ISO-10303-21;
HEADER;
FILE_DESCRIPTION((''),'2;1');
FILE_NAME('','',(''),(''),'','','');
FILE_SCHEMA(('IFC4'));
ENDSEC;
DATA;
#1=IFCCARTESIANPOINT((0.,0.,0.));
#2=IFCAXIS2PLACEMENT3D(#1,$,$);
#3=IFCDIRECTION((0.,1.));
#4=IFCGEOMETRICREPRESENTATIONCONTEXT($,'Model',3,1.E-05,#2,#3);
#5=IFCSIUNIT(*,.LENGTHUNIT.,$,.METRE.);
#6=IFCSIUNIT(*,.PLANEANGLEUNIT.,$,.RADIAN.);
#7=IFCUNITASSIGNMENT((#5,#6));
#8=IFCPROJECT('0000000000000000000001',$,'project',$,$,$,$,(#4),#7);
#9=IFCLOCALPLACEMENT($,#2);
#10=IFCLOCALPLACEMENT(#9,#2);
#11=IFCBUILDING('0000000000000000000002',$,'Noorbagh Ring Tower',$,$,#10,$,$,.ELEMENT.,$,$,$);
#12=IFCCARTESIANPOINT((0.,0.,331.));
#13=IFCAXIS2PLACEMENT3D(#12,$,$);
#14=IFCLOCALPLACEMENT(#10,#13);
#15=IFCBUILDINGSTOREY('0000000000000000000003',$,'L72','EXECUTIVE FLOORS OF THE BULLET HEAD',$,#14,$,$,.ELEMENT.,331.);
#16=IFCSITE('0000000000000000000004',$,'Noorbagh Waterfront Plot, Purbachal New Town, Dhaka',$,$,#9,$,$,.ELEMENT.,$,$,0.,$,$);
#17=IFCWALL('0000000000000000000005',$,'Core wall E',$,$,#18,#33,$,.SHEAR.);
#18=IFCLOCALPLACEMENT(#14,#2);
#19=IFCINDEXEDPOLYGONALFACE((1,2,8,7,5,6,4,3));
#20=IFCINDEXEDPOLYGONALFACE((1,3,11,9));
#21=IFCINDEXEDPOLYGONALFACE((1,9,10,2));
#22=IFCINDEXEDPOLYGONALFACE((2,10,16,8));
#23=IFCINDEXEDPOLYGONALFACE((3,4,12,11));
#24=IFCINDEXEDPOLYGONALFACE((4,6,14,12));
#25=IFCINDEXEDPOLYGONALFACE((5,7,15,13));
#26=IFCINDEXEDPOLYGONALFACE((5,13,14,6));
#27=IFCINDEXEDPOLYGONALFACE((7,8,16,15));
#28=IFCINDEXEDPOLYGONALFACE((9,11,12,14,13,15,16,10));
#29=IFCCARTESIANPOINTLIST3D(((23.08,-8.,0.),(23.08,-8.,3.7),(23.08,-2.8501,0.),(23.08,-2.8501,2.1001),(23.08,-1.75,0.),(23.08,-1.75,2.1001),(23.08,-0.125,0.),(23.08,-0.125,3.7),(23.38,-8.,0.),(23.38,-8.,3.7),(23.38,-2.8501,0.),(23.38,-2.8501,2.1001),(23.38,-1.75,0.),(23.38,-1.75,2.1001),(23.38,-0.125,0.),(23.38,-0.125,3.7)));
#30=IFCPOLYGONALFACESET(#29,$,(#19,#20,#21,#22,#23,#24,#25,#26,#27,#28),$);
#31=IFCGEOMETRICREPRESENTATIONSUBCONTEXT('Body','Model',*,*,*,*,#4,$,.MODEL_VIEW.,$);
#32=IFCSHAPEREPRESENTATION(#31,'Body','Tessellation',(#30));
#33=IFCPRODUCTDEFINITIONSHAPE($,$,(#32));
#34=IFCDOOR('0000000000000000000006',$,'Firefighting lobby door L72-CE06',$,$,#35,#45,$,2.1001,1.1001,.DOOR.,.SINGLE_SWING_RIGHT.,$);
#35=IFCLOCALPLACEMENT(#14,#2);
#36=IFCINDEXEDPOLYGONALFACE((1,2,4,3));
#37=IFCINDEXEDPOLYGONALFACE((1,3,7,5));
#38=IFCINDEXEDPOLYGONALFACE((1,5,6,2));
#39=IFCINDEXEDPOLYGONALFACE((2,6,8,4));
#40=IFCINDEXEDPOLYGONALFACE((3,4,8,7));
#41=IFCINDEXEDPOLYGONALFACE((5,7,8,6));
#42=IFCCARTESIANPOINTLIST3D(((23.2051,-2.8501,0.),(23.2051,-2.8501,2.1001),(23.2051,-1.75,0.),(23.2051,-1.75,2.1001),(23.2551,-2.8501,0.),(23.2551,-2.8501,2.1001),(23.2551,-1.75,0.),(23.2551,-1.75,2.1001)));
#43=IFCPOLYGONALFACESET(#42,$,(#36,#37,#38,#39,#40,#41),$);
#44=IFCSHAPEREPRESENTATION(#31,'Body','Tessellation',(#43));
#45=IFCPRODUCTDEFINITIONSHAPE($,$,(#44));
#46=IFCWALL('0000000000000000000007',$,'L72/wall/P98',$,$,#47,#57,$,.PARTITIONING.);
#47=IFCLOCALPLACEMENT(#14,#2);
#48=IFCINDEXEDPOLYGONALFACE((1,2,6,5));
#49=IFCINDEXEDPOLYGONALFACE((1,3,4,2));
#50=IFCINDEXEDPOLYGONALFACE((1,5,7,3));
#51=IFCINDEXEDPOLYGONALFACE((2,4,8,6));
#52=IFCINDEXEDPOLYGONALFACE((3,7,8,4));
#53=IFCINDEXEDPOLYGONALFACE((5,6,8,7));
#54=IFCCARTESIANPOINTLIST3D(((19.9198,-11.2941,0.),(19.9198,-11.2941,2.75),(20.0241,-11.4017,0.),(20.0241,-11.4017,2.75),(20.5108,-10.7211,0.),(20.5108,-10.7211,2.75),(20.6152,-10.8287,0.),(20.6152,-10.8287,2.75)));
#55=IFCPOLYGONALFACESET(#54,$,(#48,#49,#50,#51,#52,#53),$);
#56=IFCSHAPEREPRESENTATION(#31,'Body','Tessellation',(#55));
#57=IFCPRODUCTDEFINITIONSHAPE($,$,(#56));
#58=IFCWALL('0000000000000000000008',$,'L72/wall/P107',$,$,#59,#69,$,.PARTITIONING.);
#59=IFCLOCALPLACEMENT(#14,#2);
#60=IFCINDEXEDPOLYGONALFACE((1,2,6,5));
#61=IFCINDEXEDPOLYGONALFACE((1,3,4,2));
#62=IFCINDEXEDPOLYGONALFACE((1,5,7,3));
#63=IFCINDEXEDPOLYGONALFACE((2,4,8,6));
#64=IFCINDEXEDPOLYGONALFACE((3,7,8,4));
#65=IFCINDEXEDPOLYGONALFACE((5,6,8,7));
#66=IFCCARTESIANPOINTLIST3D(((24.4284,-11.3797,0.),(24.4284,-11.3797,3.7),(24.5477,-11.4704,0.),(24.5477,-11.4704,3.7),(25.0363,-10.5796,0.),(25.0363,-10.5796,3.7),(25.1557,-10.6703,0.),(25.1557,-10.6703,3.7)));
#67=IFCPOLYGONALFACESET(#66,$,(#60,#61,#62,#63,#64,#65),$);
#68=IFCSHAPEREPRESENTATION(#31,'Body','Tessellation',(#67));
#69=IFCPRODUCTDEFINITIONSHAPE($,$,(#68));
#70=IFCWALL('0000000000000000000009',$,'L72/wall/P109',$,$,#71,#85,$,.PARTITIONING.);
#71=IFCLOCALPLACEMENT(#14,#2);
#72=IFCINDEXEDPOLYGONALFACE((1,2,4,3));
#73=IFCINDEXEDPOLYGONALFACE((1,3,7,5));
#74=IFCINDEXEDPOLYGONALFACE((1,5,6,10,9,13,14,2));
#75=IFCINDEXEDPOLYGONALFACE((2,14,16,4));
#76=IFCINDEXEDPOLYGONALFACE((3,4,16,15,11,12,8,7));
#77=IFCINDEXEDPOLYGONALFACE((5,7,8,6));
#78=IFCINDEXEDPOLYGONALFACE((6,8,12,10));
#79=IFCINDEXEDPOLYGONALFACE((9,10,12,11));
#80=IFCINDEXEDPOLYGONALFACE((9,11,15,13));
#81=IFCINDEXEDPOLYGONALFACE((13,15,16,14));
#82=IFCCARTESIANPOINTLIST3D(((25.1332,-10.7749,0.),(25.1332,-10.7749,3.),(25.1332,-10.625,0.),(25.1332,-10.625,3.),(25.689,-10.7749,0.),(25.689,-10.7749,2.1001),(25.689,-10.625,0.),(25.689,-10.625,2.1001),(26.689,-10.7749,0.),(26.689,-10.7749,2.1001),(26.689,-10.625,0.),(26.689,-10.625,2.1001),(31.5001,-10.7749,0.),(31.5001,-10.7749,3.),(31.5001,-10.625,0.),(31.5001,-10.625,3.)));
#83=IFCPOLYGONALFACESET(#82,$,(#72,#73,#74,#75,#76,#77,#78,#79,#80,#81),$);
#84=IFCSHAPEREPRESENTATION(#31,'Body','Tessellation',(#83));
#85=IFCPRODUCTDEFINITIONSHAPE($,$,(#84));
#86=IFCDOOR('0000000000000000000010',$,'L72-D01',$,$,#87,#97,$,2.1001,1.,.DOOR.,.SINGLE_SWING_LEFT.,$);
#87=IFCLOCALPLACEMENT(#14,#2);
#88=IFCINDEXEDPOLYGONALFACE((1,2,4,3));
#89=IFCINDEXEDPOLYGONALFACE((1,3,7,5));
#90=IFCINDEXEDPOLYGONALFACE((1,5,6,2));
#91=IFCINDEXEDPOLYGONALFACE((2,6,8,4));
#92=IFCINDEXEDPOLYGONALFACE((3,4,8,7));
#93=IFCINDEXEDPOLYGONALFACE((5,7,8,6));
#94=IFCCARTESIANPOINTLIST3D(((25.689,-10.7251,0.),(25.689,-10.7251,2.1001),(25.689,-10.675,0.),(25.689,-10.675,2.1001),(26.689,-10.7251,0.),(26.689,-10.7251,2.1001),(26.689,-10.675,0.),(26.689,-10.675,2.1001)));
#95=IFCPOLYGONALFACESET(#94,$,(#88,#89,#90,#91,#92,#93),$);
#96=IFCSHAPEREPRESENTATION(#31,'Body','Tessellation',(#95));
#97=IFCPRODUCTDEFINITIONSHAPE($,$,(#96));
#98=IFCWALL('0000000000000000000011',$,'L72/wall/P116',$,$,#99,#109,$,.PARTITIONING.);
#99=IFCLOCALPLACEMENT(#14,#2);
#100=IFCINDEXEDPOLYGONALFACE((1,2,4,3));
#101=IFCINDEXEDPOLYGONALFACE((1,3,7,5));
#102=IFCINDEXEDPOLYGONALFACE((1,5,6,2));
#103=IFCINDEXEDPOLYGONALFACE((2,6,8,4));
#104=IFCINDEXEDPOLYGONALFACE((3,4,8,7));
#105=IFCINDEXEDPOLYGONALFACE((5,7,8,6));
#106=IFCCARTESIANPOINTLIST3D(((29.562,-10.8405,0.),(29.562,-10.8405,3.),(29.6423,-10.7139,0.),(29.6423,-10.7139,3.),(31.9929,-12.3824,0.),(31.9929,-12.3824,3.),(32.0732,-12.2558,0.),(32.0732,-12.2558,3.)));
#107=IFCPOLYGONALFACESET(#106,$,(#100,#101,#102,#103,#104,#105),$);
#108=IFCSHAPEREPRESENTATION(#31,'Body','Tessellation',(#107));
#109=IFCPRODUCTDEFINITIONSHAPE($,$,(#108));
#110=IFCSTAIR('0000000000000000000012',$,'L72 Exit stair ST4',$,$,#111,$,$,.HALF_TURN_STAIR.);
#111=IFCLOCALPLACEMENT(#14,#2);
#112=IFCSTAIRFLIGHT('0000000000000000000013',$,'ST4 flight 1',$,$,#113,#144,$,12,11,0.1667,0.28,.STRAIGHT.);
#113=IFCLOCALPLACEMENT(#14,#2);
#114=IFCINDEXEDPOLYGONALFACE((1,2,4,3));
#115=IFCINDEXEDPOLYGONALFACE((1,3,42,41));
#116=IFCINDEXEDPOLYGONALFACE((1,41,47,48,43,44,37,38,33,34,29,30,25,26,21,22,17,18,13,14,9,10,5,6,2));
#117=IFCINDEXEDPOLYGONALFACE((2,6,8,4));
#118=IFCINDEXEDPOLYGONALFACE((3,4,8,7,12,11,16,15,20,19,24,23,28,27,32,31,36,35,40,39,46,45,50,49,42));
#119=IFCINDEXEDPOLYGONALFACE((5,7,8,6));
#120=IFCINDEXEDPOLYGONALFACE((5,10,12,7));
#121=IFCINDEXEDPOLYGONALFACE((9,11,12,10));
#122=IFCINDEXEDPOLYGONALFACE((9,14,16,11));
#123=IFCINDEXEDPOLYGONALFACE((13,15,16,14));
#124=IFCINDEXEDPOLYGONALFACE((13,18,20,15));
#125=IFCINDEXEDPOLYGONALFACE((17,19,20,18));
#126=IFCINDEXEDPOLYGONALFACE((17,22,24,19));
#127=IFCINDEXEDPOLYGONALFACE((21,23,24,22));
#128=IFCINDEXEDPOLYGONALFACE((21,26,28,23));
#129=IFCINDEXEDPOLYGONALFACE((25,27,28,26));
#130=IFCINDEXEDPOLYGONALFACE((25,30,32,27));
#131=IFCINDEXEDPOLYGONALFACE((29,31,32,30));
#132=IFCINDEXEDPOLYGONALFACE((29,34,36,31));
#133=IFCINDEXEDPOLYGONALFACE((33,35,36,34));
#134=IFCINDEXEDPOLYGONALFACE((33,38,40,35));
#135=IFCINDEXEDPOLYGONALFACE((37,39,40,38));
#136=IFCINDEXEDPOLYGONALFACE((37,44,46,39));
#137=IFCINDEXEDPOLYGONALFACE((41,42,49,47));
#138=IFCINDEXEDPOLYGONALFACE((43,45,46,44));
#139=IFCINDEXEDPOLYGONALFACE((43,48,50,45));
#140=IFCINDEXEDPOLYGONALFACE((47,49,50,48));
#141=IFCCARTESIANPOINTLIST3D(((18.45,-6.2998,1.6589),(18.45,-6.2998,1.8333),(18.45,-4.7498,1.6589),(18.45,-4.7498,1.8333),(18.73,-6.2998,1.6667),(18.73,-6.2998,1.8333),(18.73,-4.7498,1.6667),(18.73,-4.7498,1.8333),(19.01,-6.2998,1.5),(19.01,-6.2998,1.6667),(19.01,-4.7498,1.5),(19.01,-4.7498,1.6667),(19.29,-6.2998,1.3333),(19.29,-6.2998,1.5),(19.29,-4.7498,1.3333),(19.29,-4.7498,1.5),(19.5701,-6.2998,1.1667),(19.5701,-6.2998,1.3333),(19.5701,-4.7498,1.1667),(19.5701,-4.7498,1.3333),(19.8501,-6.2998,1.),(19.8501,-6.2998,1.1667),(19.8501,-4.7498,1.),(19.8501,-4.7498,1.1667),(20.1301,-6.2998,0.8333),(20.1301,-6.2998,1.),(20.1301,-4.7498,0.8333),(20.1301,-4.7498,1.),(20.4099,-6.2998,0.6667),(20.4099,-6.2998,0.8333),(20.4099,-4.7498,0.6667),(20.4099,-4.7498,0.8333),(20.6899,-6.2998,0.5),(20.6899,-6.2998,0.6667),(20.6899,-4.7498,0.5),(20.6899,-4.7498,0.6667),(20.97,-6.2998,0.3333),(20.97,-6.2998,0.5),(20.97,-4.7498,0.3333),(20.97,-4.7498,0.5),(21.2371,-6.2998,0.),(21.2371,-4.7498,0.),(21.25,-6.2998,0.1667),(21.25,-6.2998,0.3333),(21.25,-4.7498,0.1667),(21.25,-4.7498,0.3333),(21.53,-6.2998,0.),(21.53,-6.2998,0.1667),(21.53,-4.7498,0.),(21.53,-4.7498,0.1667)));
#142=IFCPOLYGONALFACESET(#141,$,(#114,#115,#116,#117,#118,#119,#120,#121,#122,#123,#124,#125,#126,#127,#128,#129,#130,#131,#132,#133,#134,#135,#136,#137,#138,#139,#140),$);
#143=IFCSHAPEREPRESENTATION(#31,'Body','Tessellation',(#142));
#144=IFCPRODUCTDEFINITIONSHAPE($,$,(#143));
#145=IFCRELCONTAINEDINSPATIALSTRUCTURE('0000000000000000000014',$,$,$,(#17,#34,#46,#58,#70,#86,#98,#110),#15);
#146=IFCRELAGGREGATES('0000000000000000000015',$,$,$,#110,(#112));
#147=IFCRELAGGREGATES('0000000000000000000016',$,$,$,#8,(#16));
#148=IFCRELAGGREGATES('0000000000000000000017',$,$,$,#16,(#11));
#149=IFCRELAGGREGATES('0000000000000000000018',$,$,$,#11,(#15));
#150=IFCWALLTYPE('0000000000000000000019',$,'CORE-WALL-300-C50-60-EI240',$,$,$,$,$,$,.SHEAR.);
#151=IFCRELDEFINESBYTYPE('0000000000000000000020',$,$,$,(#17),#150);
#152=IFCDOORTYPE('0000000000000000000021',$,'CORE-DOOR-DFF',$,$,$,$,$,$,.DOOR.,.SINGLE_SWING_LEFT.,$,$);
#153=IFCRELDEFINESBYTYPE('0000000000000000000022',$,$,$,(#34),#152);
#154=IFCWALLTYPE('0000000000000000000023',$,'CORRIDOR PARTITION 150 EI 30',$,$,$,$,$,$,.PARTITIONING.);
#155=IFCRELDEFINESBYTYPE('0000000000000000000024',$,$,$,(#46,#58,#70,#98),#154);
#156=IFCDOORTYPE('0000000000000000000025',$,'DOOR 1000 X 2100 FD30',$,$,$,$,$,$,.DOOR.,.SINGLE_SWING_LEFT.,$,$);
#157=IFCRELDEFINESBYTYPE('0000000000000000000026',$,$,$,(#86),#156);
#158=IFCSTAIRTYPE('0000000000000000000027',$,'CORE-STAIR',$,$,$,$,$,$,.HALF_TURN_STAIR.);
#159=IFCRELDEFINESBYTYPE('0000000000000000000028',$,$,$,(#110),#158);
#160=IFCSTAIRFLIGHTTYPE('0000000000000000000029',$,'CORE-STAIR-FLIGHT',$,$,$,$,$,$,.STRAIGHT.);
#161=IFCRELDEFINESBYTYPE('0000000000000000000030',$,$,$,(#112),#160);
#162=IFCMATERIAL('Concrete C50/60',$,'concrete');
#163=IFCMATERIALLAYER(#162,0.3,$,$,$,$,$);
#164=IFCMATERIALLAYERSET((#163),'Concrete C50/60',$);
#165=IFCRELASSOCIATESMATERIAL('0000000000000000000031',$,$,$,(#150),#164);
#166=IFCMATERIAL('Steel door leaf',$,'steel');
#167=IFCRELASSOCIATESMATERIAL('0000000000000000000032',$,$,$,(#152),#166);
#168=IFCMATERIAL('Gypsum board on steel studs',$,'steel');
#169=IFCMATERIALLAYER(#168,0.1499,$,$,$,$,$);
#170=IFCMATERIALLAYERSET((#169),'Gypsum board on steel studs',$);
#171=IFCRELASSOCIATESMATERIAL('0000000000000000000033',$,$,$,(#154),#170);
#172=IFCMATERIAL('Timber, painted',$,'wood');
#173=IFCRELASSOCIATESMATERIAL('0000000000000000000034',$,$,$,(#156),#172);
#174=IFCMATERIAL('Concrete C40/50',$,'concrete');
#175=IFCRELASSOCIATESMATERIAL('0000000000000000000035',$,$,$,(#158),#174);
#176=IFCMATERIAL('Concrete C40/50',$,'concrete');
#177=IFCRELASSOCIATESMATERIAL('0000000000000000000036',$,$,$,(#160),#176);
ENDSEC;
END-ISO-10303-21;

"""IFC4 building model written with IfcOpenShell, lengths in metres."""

from ifc_helpers import new_model, si_unit, direction, frame, frame_2d, origin, place, context, subcontext, project, spatial, polyline, rectangle, outline, extrude, material, layer, layer_set, type_object, element, fill, aggregate, save


model = new_model("IFC4")

# Units and contexts
model_context = context("Model", 3, precision=1e-05, world=origin(), true_north=direction((0.0, 1.0)))
body_context = subcontext(model_context, "Body", "Model", "MODEL_VIEW")
ifc_project = project(units=[si_unit("LENGTHUNIT", "METRE"), si_unit("PLANEANGLEUNIT", "RADIAN")], contexts=[model_context])

# Site, building, storey
site_placement = place(None, origin())
site = spatial("IfcSite", under=ifc_project, at=site_placement, Name="Noorbagh Waterfront Plot, Purbachal New Town, Dhaka", CompositionType="ELEMENT", RefElevation=0.0)
building_placement = place(site_placement, origin())
building = spatial("IfcBuilding", under=site, at=building_placement, Name="Noorbagh Ring Tower", CompositionType="ELEMENT")
storey_placement = place(building_placement, frame((0.0, 0.0, 331.0)))
storey = spatial("IfcBuildingStorey", under=building, at=storey_placement, Name="L72", Description="EXECUTIVE FLOORS OF THE BULLET HEAD", CompositionType="ELEMENT", Elevation=331.0)

# Wall, opening, door
ifc_material_1 = material(Name="Concrete C50/60", Category="concrete")
ifc_layer_1 = layer(ifc_material_1, 0.3)
ifc_layer_set_1 = layer_set([ifc_layer_1], Name="Concrete C50/60")
wall_type_1 = type_object("IfcWallType", Name="CORE-WALL-300-C50-60-EI240", PredefinedType="SHEAR", material=ifc_layer_set_1)
wall_1_placement = place(storey_placement, frame((23.23, -8.0, 0.0), z_axis=(0.0, 0.0, 1.0), x_axis=(0.0, 1.0, 0.0)))
wall_1 = element("IfcWall", 1, at=wall_1_placement, inside=storey, type_object=wall_type_1, Name="Core wall E", PredefinedType="SHEAR", context=body_context, shape_type="SweptSolid", body=[
    extrude(rectangle(XDim=7.875, YDim=0.3, at=frame_2d((3.9375, 0.0))), origin(), (0.0, 0.0, 1.0), 3.7),
])
opening_1_placement = place(wall_1_placement, frame((5.1499, 0.0, 0.0)))
opening_1 = element("IfcOpeningElement", 2, at=opening_1_placement, cuts=wall_1, PredefinedType="OPENING", context=body_context, shape_type="SweptSolid", body=[
    extrude(rectangle(XDim=1.1001, YDim=2.1001, at=frame_2d((0.55, 1.05))), frame((0.0, 0.1602, 0.0), z_axis=(0.0, -1.0, 0.0), x_axis=(1.0, 0.0, 0.0)), (0.0, 0.0, 1.0), 0.3201),
])
ifc_material_2 = material(Name="Steel door leaf", Category="steel")
door_type_1 = type_object("IfcDoorType", Name="CORE-DOOR-DFF", OperationType="SINGLE_SWING_LEFT", PredefinedType="DOOR", material=ifc_material_2)
door_1_placement = place(opening_1_placement, origin())
door_1 = element("IfcDoor", 3, at=door_1_placement, inside=storey, type_object=door_type_1, Name="Firefighting lobby door L72-CE06", OperationType="SINGLE_SWING_RIGHT", OverallHeight=2.1001, OverallWidth=1.1001, PredefinedType="DOOR", context=body_context, shape_type="SweptSolid", body=[
    extrude(rectangle(XDim=1.1001, YDim=2.1001, at=frame_2d((0.55, 1.05))), frame((0.0, 0.0249, 0.0), z_axis=(0.0, -1.0, 0.0), x_axis=(1.0, 0.0, 0.0)), (0.0, 0.0, 1.0), 0.05),
])
fill(opening_1, door_1)

# Walls
ifc_material_3 = material(Name="Gypsum board on steel studs", Category="steel")
ifc_layer_2 = layer(ifc_material_3, 0.1499)
ifc_layer_set_2 = layer_set([ifc_layer_2], Name="Gypsum board on steel studs")
wall_type_2 = type_object("IfcWallType", Name="CORRIDOR PARTITION 150 EI 30", PredefinedType="PARTITIONING", material=ifc_layer_set_2)
wall_2_placement = place(storey_placement, frame((19.9719, -11.3479, 0.0), z_axis=(0.0, 0.0, 1.0), x_axis=(0.717995, 0.696049, 0.0)))
element("IfcWall", 4, at=wall_2_placement, inside=storey, type_object=wall_type_2, Name="L72/wall/P98", PredefinedType="PARTITIONING", context=body_context, shape_type="SweptSolid", body=[
    extrude(rectangle(XDim=0.8232, YDim=0.1499, at=frame_2d((0.4116, 0.0))), origin(), (0.0, 0.0, 1.0), 2.75),
])
wall_3_placement = place(storey_placement, frame((24.488, -11.425, 0.0), z_axis=(0.0, 0.0, 1.0), x_axis=(0.605003, 0.796223, 0.0)))
element("IfcWall", 5, at=wall_3_placement, inside=storey, type_object=wall_type_2, Name="L72/wall/P107", PredefinedType="PARTITIONING", context=body_context, shape_type="SweptSolid", body=[
    extrude(rectangle(XDim=1.0049, YDim=0.1499, at=frame_2d((0.5024, 0.0))), origin(), (0.0, 0.0, 1.0), 3.7),
])

# Wall, opening, door
wall_4_placement = place(storey_placement, frame((25.1331, -10.7, 0.0), z_axis=(0.0, 0.0, 1.0), x_axis=(1.0, 0.0, 0.0)))
wall_4 = element("IfcWall", 6, at=wall_4_placement, inside=storey, type_object=wall_type_2, Name="L72/wall/P109", PredefinedType="PARTITIONING", context=body_context, shape_type="SweptSolid", body=[
    extrude(rectangle(XDim=6.3669, YDim=0.1499, at=frame_2d((3.1836, 0.0))), origin(), (0.0, 0.0, 1.0), 3.0),
])
opening_2_placement = place(wall_4_placement, frame((0.5559, 0.0, 0.0)))
opening_2 = element("IfcOpeningElement", 7, at=opening_2_placement, cuts=wall_4, PredefinedType="OPENING", context=body_context, shape_type="SweptSolid", body=[
    extrude(rectangle(XDim=1.0, YDim=2.1001, at=frame_2d((0.5, 1.05))), frame((0.0, 0.085, 0.0), z_axis=(0.0, -1.0, 0.0), x_axis=(1.0, 0.0, 0.0)), (0.0, 0.0, 1.0), 0.1699),
])
ifc_material_4 = material(Name="Timber, painted", Category="wood")
door_type_2 = type_object("IfcDoorType", Name="DOOR 1000 X 2100 FD30", OperationType="SINGLE_SWING_LEFT", PredefinedType="DOOR", material=ifc_material_4)
door_2_placement = place(opening_2_placement, origin())
door_2 = element("IfcDoor", 8, at=door_2_placement, inside=storey, type_object=door_type_2, Name="L72-D01", OperationType="SINGLE_SWING_LEFT", OverallHeight=2.1001, OverallWidth=1.0, PredefinedType="DOOR", context=body_context, shape_type="SweptSolid", body=[
    extrude(rectangle(XDim=1.0, YDim=2.1001, at=frame_2d((0.5, 1.05))), frame((0.0, 0.0249, 0.0), z_axis=(0.0, -1.0, 0.0), x_axis=(1.0, 0.0, 0.0)), (0.0, 0.0, 1.0), 0.05),
])
fill(opening_2, door_2)

# Wall
wall_5_placement = place(storey_placement, frame((29.6021, -10.7771, 0.0), z_axis=(0.0, 0.0, 1.0), x_axis=(0.844439, -0.535651, 0.0)))
element("IfcWall", 9, at=wall_5_placement, inside=storey, type_object=wall_type_2, Name="L72/wall/P116", PredefinedType="PARTITIONING", context=body_context, shape_type="SweptSolid", body=[
    extrude(rectangle(XDim=2.8787, YDim=0.1499, at=frame_2d((1.4395, 0.0))), origin(), (0.0, 0.0, 1.0), 3.0),
])

# Stair, stair flight
ifc_material_5 = material(Name="Concrete C40/50", Category="concrete")
stair_type = type_object("IfcStairType", Name="CORE-STAIR", PredefinedType="HALF_TURN_STAIR", material=ifc_material_5)
stair_placement = place(storey_placement, origin())
stair = element("IfcStair", 10, at=stair_placement, inside=storey, type_object=stair_type, Name="L72 Exit stair ST4", PredefinedType="HALF_TURN_STAIR")
ifc_material_6 = material(Name="Concrete C40/50", Category="concrete")
stair_flight_type = type_object("IfcStairFlightType", Name="CORE-STAIR-FLIGHT", PredefinedType="STRAIGHT", material=ifc_material_6)
stair_flight_placement = place(storey_placement, frame((21.53, -5.5249, 0.0), z_axis=(0.0, 0.0, 1.0), x_axis=(-1.0, 0.0, 0.0)))
stair_flight = element("IfcStairFlight", 11, at=stair_flight_placement, type_object=stair_flight_type, Name="ST4 flight 1", NumberOfRisers=12, NumberOfTreads=11, PredefinedType="STRAIGHT", RiserHeight=0.1667, TreadLength=0.28, context=body_context, shape_type="SweptSolid", body=[
    extrude(outline(polyline([(0.0, 0.0), (0.0, 0.1667), (0.28, 0.1667), (0.28, 0.3333), (0.5601, 0.3333), (0.5601, 0.5), (0.8401, 0.5), (0.8401, 0.6667), (1.1201, 0.6667), (1.1201, 0.8333), (1.3999, 0.8333), (1.3999, 1.0), (1.6799, 1.0), (1.6799, 1.1667), (1.96, 1.1667), (1.96, 1.3333), (2.24, 1.3333), (2.24, 1.5), (2.52, 1.5), (2.52, 1.6667), (2.8, 1.6667), (2.8, 1.8333), (3.0801, 1.8333), (3.0801, 2.0), (3.0801, 1.6589), (0.293, 0.0), (0.0, 0.0)])), frame((0.0, 0.7749, 0.0), z_axis=(0.0, -1.0, 0.0), x_axis=(1.0, 0.0, 0.0)), (0.0, 0.0, 1.0), 1.55),
])
aggregate(stair, [stair_flight])

save(model, "model.ifc")
